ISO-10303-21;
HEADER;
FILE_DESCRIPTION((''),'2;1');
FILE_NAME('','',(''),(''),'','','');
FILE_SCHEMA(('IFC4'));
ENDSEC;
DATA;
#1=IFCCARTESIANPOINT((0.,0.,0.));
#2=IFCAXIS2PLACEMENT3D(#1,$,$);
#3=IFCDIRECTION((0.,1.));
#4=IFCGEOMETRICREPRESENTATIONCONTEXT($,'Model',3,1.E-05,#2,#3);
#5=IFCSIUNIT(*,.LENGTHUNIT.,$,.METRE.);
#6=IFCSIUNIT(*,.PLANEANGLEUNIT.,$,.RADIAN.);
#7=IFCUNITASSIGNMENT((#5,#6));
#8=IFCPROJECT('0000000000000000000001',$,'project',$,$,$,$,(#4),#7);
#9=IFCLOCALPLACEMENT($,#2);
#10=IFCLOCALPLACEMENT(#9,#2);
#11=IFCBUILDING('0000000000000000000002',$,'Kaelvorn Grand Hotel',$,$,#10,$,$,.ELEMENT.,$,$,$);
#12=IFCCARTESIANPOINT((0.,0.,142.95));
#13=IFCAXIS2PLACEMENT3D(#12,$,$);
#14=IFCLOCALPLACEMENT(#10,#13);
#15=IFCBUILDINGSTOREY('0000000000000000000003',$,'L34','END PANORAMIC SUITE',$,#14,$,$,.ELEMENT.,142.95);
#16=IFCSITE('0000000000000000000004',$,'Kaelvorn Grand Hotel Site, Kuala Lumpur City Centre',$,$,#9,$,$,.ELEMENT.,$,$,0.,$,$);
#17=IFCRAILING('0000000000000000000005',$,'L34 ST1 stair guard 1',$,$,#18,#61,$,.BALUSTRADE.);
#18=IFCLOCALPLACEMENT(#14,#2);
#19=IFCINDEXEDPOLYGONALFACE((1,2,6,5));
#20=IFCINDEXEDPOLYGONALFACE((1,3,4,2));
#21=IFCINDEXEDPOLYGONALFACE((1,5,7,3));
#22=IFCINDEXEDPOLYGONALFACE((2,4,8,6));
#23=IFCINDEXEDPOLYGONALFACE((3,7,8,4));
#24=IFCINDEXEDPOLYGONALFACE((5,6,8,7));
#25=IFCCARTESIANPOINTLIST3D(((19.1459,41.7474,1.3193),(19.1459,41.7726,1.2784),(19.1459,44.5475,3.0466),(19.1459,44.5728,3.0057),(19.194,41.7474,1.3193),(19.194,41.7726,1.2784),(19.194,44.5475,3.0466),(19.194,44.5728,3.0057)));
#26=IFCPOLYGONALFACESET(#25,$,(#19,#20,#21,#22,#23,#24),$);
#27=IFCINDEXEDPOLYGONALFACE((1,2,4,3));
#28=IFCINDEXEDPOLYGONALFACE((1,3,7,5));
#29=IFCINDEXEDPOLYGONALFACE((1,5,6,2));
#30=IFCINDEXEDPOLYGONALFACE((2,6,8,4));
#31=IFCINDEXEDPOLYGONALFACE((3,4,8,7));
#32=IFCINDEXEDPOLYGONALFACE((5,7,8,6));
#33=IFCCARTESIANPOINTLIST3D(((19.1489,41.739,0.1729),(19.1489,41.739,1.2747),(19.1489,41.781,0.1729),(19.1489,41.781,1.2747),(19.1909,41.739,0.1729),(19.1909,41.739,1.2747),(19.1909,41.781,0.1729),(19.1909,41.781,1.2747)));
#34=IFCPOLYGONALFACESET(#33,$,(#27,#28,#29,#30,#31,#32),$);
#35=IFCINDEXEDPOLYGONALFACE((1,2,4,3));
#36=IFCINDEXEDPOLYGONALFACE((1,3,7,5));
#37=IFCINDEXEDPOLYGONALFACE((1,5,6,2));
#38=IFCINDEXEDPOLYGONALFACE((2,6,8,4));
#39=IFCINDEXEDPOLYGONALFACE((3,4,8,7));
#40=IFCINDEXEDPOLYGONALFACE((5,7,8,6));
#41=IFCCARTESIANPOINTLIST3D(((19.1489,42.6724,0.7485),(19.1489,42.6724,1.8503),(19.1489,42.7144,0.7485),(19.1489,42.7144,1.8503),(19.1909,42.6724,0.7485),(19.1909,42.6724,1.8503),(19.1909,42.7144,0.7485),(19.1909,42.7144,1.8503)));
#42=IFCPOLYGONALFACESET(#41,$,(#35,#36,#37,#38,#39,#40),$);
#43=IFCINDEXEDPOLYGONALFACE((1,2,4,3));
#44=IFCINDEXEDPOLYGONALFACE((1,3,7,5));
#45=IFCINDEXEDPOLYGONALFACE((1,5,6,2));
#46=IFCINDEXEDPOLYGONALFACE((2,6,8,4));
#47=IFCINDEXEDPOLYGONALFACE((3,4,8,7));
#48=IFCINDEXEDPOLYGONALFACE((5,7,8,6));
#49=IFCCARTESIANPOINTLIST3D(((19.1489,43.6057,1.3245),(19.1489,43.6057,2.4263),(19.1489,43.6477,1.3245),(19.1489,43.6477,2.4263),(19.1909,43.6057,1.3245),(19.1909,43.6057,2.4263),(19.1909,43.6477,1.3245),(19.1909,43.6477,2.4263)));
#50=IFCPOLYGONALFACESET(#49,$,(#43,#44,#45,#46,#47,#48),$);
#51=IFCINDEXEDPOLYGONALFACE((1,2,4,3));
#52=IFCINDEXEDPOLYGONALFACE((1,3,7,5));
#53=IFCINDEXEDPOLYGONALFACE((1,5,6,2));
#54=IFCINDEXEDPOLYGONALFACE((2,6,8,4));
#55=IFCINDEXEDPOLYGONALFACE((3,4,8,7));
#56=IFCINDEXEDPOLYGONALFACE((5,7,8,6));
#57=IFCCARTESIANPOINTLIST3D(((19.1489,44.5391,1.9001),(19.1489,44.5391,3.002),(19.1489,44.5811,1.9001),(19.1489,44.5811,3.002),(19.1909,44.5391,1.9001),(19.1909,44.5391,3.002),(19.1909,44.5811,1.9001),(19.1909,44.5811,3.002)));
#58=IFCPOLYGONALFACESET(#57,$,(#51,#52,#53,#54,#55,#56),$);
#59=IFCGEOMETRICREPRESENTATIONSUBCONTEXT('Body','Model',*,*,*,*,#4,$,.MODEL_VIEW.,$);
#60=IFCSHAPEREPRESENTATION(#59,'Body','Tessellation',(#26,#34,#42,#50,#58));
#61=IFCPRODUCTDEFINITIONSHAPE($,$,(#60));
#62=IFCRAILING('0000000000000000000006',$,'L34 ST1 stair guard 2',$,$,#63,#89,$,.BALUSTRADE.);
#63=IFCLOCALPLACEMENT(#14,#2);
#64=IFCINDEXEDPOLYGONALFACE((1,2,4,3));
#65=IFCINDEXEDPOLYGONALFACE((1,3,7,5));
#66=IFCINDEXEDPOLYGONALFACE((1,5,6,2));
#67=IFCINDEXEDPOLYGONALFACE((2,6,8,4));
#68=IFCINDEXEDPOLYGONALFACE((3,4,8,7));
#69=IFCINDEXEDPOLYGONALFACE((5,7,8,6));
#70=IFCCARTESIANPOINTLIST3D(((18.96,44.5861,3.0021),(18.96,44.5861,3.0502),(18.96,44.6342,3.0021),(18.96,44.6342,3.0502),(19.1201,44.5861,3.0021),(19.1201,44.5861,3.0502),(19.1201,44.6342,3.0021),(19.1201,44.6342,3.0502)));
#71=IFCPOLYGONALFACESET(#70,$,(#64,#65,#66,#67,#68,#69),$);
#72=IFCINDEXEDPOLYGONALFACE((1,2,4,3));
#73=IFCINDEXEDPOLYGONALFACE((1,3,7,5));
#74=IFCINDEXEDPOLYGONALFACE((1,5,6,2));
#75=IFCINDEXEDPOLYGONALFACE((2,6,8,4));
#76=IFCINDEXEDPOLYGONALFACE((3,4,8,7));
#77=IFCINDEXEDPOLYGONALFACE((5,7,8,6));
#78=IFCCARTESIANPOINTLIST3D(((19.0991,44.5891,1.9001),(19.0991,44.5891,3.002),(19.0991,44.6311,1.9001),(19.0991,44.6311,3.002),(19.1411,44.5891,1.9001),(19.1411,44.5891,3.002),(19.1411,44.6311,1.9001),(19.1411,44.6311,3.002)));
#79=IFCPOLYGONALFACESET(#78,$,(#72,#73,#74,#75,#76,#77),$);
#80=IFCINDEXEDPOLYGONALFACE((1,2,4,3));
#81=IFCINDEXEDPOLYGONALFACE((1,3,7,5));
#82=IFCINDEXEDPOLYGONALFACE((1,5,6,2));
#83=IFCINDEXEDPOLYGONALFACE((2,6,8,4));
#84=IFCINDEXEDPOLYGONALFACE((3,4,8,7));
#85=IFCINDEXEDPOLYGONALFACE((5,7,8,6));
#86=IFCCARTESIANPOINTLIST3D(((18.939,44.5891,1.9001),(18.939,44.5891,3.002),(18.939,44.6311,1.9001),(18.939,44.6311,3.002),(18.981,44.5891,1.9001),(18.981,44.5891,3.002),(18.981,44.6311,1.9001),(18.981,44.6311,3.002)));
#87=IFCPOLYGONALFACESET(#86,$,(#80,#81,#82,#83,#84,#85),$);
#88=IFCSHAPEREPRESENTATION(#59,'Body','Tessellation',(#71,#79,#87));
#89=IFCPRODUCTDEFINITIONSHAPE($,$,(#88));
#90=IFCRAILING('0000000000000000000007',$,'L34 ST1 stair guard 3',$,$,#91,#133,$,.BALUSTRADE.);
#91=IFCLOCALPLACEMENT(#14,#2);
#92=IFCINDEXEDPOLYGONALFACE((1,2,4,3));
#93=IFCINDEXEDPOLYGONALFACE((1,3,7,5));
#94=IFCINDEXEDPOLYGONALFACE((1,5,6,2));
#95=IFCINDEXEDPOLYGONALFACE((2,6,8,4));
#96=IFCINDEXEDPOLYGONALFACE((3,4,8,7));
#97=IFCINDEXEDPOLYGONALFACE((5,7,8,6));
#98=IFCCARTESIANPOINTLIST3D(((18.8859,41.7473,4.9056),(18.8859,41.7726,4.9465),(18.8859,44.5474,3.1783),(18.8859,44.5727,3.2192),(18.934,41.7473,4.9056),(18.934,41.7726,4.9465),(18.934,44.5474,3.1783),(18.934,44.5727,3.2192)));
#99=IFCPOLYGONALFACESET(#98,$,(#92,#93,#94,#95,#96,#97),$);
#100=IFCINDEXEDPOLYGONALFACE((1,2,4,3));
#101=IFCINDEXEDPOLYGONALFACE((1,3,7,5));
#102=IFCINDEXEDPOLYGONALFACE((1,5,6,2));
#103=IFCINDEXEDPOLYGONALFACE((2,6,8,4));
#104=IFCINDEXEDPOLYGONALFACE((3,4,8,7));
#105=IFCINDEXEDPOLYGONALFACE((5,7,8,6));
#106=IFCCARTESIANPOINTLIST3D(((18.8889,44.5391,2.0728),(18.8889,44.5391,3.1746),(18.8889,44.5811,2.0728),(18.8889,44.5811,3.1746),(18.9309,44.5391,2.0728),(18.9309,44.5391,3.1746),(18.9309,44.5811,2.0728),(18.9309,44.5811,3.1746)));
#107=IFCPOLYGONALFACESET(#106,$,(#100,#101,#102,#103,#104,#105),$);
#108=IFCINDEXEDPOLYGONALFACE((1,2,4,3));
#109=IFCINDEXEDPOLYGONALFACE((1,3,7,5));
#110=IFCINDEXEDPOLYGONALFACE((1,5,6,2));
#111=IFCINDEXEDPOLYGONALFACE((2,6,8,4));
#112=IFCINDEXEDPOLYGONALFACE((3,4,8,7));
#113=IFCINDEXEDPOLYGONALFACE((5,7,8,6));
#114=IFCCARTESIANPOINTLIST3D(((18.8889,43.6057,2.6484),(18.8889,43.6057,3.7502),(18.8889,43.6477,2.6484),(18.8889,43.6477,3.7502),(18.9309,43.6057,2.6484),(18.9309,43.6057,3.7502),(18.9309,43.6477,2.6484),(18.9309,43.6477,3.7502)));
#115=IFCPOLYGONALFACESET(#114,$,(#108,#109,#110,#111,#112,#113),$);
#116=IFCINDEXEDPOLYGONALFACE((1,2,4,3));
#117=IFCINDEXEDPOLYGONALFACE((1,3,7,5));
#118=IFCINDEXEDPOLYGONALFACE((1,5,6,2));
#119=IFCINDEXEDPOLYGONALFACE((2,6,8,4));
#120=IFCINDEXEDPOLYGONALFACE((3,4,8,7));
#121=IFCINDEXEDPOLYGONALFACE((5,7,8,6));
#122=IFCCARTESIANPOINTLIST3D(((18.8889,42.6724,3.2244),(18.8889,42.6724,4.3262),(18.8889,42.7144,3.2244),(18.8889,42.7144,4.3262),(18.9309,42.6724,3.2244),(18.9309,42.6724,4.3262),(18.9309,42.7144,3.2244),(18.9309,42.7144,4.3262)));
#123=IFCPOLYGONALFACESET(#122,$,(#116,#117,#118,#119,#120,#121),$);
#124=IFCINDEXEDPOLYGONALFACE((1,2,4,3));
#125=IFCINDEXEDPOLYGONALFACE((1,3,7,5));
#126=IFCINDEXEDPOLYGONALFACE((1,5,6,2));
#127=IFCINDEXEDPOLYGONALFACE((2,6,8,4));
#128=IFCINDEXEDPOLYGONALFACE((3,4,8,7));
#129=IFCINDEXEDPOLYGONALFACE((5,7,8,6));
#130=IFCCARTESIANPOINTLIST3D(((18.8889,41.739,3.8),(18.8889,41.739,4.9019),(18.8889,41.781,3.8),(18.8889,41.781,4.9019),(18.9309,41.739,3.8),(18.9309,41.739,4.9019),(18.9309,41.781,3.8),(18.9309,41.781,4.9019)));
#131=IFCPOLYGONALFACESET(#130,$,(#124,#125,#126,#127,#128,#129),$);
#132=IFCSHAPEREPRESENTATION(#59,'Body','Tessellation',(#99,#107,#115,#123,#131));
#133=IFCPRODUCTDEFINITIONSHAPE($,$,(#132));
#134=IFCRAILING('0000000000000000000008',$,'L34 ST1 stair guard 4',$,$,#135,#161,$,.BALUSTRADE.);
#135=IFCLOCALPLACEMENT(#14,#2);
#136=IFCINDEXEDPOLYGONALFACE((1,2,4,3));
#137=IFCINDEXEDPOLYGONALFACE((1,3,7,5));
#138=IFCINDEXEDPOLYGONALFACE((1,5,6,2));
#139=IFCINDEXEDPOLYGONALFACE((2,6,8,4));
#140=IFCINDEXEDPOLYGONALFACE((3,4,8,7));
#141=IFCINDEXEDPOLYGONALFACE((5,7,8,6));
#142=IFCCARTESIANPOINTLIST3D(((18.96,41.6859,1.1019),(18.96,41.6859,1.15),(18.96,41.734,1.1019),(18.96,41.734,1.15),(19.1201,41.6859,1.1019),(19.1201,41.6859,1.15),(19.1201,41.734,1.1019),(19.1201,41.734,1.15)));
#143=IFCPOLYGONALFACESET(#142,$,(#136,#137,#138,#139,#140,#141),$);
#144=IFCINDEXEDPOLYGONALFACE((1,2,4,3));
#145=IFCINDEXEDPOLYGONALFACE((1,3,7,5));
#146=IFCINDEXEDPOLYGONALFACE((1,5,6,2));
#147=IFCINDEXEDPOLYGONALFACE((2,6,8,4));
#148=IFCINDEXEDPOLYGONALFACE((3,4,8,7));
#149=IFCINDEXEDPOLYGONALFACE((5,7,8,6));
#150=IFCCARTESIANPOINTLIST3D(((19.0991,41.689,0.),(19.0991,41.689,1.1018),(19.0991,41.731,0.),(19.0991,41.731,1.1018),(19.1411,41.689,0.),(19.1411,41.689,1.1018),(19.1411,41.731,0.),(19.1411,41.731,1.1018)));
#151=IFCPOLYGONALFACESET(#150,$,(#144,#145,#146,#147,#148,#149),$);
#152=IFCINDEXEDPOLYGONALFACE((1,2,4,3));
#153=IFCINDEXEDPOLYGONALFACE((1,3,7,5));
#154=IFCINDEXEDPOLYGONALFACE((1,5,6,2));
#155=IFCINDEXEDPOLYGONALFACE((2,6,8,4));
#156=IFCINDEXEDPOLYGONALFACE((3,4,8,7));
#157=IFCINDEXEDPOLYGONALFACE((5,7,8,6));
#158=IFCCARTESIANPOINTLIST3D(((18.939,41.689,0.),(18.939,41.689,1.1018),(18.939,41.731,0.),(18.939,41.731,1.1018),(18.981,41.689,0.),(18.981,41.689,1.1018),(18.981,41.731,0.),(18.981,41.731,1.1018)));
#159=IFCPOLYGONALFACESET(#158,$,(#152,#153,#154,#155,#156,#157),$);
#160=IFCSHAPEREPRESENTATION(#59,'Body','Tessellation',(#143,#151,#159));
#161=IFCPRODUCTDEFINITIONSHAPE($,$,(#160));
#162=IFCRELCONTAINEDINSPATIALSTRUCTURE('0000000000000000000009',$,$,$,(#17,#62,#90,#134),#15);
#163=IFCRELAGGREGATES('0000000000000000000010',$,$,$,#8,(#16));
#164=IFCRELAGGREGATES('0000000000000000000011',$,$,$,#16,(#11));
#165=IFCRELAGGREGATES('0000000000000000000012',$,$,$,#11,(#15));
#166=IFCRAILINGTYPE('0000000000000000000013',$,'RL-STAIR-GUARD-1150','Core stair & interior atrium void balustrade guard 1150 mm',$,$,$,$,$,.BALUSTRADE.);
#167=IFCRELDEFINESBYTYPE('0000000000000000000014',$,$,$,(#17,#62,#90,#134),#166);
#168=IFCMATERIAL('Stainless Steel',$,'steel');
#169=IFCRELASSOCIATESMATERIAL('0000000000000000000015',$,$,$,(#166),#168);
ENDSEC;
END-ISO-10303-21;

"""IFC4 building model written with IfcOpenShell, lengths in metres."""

from ifc_helpers import new_model, si_unit, direction, frame, origin, origin_2d, place, context, subcontext, project, spatial, rectangle, extrude, material, type_object, element, save


model = new_model("IFC4")

# Units and contexts
model_context = context("Model", 3, precision=1e-05, world=origin(), true_north=direction((0.0, 1.0)))
body_context = subcontext(model_context, "Body", "Model", "MODEL_VIEW")
ifc_project = project(units=[si_unit("LENGTHUNIT", "METRE"), si_unit("PLANEANGLEUNIT", "RADIAN")], contexts=[model_context])

# Site, building, storey
site_placement = place(None, origin())
site = spatial("IfcSite", under=ifc_project, at=site_placement, Name="Kaelvorn Grand Hotel Site, Kuala Lumpur City Centre", CompositionType="ELEMENT", RefElevation=0.0)
building_placement = place(site_placement, origin())
building = spatial("IfcBuilding", under=site, at=building_placement, Name="Kaelvorn Grand Hotel", CompositionType="ELEMENT")
storey_placement = place(building_placement, frame((0.0, 0.0, 142.95)))
storey = spatial("IfcBuildingStorey", under=building, at=storey_placement, Name="L34", Description="END PANORAMIC SUITE", CompositionType="ELEMENT", Elevation=142.95)

# Railings
ifc_material_1 = material(Name="Stainless Steel", Category="steel")
railing_type_1 = type_object("IfcRailingType", Name="RL-STAIR-GUARD-1150", Description="Core stair & interior atrium void balustrade guard 1150 mm", PredefinedType="BALUSTRADE", material=ifc_material_1)
railing_1_placement = place(storey_placement, frame((19.1699, 41.76, 0.1729)))
element("IfcRailing", 1, at=railing_1_placement, inside=storey, type_object=railing_type_1, Name="L34 ST1 stair guard 1", PredefinedType="BALUSTRADE", context=body_context, shape_type="SweptSolid", body=[
    extrude(rectangle(XDim=0.0481, YDim=0.0481, at=origin_2d()), frame((0.0, 0.0, 1.126), z_axis=(0.0, 0.85109, 0.52502), x_axis=(-1.0, 0.0, 0.0)), (0.0, 0.0, 1.0), 3.29),
    extrude(rectangle(XDim=0.042, YDim=0.042, at=origin_2d()), origin(), (0.0, 0.0, 1.0), 1.1018),
    extrude(rectangle(XDim=0.042, YDim=0.042, at=origin_2d()), frame((0.0, 0.9333, 0.5757)), (0.0, 0.0, 1.0), 1.1018),
    extrude(rectangle(XDim=0.042, YDim=0.042, at=origin_2d()), frame((0.0, 1.8667, 1.1516)), (0.0, 0.0, 1.0), 1.1018),
    extrude(rectangle(XDim=0.042, YDim=0.042, at=origin_2d()), frame((0.0, 2.8, 1.7273)), (0.0, 0.0, 1.0), 1.1018),
])
railing_2_placement = place(storey_placement, frame((19.1201, 44.6101, 1.9001)))
element("IfcRailing", 2, at=railing_2_placement, inside=storey, type_object=railing_type_1, Name="L34 ST1 stair guard 2", PredefinedType="BALUSTRADE", context=body_context, shape_type="SweptSolid", body=[
    extrude(rectangle(XDim=0.0481, YDim=0.0481, at=origin_2d()), frame((0.0, 0.0, 1.126), z_axis=(-1.0, 0.0, 0.0), x_axis=(0.0, -1.0, 0.0)), (0.0, 0.0, 1.0), 0.1602),
    extrude(rectangle(XDim=0.042, YDim=0.042, at=origin_2d()), origin(), (0.0, 0.0, 1.0), 1.1018),
    extrude(rectangle(XDim=0.042, YDim=0.042, at=origin_2d()), frame((-0.1602, 0.0, 0.0)), (0.0, 0.0, 1.0), 1.1018),
])
railing_3_placement = place(storey_placement, frame((18.9099, 44.5601, 2.0728)))
element("IfcRailing", 3, at=railing_3_placement, inside=storey, type_object=railing_type_1, Name="L34 ST1 stair guard 3", PredefinedType="BALUSTRADE", context=body_context, shape_type="SweptSolid", body=[
    extrude(rectangle(XDim=0.0481, YDim=0.0481, at=origin_2d()), frame((0.0, 0.0, 1.126), z_axis=(0.0, -0.85109, 0.52502), x_axis=(1.0, 0.0, 0.0)), (0.0, 0.0, 1.0), 3.29),
    extrude(rectangle(XDim=0.042, YDim=0.042, at=origin_2d()), origin(), (0.0, 0.0, 1.0), 1.1018),
    extrude(rectangle(XDim=0.042, YDim=0.042, at=origin_2d()), frame((0.0, -0.9333, 0.5757)), (0.0, 0.0, 1.0), 1.1018),
    extrude(rectangle(XDim=0.042, YDim=0.042, at=origin_2d()), frame((0.0, -1.8667, 1.1516)), (0.0, 0.0, 1.0), 1.1018),
    extrude(rectangle(XDim=0.042, YDim=0.042, at=origin_2d()), frame((0.0, -2.8, 1.7273)), (0.0, 0.0, 1.0), 1.1018),
])
railing_4_placement = place(storey_placement, frame((19.1201, 41.71, 0.0)))
element("IfcRailing", 4, at=railing_4_placement, inside=storey, type_object=railing_type_1, Name="L34 ST1 stair guard 4", PredefinedType="BALUSTRADE", context=body_context, shape_type="SweptSolid", body=[
    extrude(rectangle(XDim=0.0481, YDim=0.0481, at=origin_2d()), frame((0.0, 0.0, 1.126), z_axis=(-1.0, 0.0, 0.0), x_axis=(0.0, -1.0, 0.0)), (0.0, 0.0, 1.0), 0.1602),
    extrude(rectangle(XDim=0.042, YDim=0.042, at=origin_2d()), origin(), (0.0, 0.0, 1.0), 1.1018),
    extrude(rectangle(XDim=0.042, YDim=0.042, at=origin_2d()), frame((-0.1602, 0.0, 0.0)), (0.0, 0.0, 1.0), 1.1018),
])

save(model, "model.ifc")
